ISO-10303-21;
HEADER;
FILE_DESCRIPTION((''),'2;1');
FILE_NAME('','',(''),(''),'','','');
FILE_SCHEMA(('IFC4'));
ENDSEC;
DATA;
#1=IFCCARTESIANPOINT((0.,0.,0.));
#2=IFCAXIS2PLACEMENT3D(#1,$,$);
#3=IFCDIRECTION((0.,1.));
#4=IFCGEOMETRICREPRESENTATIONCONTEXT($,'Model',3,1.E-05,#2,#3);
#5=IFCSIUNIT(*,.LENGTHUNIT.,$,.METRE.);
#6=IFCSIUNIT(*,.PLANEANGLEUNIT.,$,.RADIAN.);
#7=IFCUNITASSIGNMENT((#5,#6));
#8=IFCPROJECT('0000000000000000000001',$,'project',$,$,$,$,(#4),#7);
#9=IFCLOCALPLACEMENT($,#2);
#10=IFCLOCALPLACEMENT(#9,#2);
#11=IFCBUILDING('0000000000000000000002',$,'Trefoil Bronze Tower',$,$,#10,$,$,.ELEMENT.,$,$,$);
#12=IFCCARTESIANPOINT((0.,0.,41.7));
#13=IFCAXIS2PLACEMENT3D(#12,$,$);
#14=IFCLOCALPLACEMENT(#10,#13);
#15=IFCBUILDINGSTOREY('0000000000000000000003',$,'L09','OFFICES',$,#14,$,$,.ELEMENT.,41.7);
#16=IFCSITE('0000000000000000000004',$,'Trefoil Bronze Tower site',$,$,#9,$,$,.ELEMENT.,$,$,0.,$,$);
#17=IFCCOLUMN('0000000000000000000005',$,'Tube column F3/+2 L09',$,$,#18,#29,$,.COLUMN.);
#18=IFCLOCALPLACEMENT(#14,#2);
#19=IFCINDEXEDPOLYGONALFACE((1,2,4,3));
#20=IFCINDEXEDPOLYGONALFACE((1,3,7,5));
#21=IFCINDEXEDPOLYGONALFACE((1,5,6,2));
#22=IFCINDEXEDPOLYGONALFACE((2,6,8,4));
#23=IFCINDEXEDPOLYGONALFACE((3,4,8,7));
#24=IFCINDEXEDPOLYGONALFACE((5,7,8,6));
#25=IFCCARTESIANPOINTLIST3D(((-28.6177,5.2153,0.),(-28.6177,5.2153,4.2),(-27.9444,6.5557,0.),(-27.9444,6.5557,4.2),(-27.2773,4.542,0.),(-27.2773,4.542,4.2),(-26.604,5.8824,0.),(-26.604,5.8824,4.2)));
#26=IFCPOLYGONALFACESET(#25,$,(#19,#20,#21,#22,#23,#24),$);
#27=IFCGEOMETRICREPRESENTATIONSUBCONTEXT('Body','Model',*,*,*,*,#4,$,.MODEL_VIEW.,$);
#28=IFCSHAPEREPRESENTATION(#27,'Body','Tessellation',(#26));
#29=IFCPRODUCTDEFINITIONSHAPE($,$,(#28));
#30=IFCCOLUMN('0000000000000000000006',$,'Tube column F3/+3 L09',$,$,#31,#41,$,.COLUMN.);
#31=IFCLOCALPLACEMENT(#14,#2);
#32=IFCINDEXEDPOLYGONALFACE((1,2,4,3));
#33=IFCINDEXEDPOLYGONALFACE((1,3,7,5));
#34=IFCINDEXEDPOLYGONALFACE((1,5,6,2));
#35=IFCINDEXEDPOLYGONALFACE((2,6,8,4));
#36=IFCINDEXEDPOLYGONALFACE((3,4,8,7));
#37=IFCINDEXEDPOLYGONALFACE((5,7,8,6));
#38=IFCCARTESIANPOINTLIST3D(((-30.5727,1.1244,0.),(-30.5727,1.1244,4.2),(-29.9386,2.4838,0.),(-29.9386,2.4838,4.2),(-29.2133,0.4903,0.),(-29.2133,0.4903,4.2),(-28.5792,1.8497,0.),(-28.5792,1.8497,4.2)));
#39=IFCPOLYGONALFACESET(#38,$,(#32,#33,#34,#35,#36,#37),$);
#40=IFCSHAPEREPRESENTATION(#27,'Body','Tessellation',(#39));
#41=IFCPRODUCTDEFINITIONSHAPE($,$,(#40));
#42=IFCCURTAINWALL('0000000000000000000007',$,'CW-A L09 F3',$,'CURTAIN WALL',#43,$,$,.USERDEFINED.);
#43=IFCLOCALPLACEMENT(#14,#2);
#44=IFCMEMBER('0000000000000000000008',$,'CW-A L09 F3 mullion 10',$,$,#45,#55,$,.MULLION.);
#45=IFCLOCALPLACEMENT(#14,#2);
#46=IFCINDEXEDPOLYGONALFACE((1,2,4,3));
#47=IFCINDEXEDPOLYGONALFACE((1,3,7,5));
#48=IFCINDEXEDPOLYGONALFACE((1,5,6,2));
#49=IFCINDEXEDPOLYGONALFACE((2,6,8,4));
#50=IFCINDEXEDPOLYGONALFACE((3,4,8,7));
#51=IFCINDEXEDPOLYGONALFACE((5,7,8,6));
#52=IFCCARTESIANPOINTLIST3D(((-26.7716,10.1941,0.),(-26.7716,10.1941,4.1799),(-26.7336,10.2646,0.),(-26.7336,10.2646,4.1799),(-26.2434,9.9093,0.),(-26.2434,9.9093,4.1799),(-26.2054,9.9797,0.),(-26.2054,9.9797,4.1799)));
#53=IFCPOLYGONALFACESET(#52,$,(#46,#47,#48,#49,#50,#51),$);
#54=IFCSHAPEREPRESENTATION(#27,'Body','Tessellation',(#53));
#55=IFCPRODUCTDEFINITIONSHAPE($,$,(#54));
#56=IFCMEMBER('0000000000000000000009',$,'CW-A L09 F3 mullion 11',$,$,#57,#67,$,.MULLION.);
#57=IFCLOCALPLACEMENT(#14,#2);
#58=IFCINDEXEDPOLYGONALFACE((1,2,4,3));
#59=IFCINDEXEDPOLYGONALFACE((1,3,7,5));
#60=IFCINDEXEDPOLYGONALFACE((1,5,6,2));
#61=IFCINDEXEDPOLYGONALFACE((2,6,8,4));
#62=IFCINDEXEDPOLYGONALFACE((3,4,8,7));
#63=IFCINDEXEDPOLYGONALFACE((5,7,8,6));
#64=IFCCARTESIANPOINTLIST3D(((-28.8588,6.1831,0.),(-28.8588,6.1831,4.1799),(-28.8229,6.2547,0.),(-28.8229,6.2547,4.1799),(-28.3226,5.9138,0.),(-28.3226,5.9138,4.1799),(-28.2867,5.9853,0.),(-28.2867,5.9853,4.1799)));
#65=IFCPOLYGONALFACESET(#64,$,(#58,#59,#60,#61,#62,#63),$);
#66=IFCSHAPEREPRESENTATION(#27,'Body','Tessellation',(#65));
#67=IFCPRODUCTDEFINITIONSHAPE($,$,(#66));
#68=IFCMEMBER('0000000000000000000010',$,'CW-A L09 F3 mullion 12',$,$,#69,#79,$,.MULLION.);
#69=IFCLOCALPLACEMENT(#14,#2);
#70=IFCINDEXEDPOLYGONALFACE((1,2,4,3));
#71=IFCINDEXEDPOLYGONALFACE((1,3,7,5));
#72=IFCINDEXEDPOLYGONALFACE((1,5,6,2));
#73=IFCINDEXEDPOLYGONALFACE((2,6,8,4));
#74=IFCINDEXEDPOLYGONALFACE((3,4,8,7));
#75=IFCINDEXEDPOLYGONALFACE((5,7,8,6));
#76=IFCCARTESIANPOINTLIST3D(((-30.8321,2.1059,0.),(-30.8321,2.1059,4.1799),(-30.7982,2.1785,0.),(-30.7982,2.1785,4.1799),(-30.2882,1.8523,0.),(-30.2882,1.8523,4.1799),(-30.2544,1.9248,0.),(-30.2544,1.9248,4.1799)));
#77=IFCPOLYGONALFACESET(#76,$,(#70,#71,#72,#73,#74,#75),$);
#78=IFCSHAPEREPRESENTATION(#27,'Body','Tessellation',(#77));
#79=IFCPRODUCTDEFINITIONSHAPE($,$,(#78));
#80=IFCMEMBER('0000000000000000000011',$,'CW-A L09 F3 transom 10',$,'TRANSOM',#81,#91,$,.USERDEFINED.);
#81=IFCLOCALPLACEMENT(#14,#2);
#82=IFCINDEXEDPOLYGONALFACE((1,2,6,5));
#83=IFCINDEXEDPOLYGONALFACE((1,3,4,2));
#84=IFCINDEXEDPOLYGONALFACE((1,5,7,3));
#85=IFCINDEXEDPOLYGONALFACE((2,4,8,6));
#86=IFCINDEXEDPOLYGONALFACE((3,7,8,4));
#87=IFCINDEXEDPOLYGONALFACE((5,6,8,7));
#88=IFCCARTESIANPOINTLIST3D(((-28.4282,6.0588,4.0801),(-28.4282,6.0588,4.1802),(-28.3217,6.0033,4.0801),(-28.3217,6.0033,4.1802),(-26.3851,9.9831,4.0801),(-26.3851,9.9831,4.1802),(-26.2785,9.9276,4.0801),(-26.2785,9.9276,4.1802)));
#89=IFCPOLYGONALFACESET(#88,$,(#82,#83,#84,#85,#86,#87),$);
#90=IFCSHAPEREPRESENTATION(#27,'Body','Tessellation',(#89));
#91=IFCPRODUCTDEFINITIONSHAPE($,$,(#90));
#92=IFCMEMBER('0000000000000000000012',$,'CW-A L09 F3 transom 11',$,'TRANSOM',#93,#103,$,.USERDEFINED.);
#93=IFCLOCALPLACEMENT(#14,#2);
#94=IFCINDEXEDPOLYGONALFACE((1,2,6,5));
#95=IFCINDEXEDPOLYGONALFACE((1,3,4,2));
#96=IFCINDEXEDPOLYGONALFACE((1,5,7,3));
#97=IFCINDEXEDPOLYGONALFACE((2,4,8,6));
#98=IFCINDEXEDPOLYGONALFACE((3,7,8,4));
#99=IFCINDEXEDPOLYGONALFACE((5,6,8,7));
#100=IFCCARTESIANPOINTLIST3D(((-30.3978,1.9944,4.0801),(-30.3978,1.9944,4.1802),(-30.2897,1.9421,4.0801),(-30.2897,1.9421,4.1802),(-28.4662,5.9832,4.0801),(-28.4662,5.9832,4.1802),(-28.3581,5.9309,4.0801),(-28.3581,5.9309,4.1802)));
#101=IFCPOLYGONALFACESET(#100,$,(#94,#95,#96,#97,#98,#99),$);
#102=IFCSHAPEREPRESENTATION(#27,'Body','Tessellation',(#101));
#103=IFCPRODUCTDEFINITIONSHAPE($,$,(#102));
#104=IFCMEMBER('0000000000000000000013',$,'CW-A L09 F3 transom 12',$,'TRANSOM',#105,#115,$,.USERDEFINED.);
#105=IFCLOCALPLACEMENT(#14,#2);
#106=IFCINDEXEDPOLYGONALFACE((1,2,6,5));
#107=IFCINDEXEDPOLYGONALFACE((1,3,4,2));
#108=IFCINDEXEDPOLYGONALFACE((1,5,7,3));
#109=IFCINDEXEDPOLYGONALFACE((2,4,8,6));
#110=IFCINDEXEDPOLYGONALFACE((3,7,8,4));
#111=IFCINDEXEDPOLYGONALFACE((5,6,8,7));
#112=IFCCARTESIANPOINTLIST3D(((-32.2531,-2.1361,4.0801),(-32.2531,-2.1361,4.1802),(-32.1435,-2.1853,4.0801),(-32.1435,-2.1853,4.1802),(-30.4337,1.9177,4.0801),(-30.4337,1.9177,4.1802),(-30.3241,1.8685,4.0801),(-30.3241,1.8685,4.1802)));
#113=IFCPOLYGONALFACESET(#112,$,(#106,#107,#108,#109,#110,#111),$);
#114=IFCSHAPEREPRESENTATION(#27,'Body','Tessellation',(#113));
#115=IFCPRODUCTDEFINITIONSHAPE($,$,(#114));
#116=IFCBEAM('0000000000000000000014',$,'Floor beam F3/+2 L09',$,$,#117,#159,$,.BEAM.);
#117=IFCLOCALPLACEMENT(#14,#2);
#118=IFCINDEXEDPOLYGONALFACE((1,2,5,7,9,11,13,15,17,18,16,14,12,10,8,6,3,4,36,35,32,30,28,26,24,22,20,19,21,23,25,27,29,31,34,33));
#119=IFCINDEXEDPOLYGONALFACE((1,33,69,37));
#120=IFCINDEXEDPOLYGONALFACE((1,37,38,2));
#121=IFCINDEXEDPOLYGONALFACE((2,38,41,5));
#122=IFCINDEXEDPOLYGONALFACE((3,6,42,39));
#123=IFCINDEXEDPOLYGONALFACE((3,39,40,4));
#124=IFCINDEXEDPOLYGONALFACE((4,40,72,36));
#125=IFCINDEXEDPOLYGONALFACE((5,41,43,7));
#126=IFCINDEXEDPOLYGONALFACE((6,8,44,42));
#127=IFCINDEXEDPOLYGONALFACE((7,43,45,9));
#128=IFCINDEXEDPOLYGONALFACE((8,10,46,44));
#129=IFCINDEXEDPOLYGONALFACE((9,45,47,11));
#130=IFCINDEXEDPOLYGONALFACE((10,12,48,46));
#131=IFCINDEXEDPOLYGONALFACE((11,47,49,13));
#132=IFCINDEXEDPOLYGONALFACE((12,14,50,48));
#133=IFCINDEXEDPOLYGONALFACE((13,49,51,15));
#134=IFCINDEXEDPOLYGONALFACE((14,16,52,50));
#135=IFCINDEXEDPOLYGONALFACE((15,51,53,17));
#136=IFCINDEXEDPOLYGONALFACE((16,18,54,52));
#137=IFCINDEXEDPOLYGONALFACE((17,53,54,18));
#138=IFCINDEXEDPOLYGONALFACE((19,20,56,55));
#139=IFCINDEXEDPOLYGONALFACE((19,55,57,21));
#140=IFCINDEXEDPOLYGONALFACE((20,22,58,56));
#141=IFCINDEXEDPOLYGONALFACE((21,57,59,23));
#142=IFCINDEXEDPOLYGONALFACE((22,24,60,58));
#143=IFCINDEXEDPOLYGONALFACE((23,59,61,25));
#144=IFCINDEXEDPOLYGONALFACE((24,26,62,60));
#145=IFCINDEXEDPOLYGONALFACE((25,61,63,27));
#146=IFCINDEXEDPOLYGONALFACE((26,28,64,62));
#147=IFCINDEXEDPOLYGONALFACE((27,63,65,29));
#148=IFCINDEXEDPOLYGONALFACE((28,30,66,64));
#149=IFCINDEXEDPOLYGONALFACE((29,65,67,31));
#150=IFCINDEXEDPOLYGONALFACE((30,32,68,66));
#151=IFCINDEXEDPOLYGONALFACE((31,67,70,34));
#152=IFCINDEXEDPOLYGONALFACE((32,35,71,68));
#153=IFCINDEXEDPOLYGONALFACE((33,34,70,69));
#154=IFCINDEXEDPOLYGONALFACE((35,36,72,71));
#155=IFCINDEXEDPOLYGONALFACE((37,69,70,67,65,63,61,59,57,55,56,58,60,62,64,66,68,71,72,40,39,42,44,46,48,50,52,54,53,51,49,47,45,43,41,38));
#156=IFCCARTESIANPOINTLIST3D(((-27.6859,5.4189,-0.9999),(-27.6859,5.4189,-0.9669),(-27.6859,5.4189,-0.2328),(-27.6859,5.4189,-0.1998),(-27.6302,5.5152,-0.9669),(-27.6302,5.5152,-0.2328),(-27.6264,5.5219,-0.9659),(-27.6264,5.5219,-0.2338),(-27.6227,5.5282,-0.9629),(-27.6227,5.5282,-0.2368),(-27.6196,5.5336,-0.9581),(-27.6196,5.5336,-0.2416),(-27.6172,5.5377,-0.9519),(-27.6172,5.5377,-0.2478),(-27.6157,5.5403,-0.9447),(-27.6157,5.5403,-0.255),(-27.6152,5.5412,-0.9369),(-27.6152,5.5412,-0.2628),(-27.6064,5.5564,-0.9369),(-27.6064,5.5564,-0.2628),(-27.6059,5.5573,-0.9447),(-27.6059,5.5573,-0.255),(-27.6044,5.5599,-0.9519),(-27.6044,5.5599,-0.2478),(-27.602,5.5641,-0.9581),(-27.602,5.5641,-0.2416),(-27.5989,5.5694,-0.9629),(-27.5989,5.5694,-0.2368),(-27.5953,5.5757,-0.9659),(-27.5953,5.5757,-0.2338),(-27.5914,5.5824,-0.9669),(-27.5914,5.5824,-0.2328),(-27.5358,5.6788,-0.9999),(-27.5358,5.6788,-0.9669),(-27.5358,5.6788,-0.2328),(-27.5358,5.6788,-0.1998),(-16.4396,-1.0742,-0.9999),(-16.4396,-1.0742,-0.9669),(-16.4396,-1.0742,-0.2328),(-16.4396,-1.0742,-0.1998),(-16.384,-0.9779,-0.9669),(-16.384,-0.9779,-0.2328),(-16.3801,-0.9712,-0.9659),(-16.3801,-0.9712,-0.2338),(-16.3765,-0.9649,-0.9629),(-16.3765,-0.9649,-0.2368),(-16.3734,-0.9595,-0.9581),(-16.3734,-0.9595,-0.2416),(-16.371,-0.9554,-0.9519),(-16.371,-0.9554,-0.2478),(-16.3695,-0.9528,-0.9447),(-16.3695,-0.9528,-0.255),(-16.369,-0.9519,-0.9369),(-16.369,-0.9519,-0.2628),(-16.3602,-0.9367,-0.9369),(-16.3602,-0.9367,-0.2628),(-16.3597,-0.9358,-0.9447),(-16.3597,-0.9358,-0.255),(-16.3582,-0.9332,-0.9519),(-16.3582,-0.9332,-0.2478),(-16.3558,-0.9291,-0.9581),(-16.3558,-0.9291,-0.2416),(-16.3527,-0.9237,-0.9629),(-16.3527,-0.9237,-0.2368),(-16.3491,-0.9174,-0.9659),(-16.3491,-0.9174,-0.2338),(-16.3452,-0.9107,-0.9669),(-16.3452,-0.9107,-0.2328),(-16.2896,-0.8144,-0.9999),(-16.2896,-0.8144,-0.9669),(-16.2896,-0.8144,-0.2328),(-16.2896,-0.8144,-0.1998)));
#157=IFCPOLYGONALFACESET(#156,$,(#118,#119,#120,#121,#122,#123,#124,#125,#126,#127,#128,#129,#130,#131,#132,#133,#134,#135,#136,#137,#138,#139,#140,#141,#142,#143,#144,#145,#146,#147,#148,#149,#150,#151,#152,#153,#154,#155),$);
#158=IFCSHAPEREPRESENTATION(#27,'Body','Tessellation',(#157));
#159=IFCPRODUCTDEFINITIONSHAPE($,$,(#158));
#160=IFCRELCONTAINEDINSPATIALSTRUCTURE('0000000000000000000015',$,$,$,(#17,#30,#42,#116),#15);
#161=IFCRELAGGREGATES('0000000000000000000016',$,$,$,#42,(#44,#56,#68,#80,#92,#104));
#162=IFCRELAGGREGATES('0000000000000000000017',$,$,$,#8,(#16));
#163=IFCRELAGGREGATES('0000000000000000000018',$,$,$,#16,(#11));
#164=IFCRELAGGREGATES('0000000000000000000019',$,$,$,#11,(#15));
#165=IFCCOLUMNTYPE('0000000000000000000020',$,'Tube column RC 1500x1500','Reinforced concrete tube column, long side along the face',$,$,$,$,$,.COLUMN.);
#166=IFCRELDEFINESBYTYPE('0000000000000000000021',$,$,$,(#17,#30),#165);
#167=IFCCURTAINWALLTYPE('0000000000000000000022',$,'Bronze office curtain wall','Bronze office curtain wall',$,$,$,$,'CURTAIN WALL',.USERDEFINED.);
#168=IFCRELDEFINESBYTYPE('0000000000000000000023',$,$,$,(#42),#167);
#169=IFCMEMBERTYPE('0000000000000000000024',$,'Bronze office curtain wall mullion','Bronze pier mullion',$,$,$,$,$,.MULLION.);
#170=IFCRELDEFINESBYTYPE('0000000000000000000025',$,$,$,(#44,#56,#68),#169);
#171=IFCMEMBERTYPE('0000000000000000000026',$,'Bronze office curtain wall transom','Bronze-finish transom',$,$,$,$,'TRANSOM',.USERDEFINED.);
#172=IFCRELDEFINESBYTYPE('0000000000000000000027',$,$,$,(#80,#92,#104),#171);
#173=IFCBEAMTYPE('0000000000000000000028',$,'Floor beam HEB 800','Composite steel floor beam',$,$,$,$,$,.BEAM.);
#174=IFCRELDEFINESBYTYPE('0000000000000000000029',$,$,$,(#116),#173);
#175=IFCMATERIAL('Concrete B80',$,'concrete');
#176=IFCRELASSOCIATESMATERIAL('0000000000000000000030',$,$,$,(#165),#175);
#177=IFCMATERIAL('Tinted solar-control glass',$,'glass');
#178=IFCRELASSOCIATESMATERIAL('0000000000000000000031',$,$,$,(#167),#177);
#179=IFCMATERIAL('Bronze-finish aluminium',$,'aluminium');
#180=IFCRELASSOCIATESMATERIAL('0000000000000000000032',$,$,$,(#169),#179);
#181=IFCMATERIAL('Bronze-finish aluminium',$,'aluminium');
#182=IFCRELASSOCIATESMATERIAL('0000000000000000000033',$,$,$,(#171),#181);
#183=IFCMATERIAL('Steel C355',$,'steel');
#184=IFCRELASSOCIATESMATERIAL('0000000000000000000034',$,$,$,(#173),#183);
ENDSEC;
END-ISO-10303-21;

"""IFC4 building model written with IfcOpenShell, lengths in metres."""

from ifc_helpers import new_model, si_unit, direction, frame, origin, origin_2d, place, context, subcontext, project, spatial, rectangle, i_section, extrude, material, material_profile, profile_set, type_object, element, aggregate, save


model = new_model("IFC4")

# Units and contexts
model_context = context("Model", 3, precision=1e-05, world=origin(), true_north=direction((0.0, 1.0)))
body_context = subcontext(model_context, "Body", "Model", "MODEL_VIEW")
ifc_project = project(units=[si_unit("LENGTHUNIT", "METRE"), si_unit("PLANEANGLEUNIT", "RADIAN")], contexts=[model_context])

# Site, building, storey
site_placement = place(None, origin())
site = spatial("IfcSite", under=ifc_project, at=site_placement, Name="Trefoil Bronze Tower site", CompositionType="ELEMENT", RefElevation=0.0)
building_placement = place(site_placement, origin())
building = spatial("IfcBuilding", under=site, at=building_placement, Name="Trefoil Bronze Tower", CompositionType="ELEMENT")
storey_placement = place(building_placement, frame((0.0, 0.0, 41.7)))
storey = spatial("IfcBuildingStorey", under=building, at=storey_placement, Name="L09", Description="OFFICES", CompositionType="ELEMENT", Elevation=41.7)

# Columns
ifc_material_1 = material(Name="Concrete B80", Category="concrete")
ifc_material_profile_1 = material_profile(ifc_material_1, rectangle(XDim=1.5, YDim=1.5, at=origin_2d()), Name="RC 1500x1500")
ifc_profile_set_1 = profile_set([ifc_material_profile_1], Name="Concrete B80")
column_type = type_object("IfcColumnType", Name="Tube column RC 1500x1500", Description="Reinforced concrete tube column, long side along the face", PredefinedType="COLUMN", material=ifc_profile_set_1)
for number, where, z_axis, x_axis, name in (
    (1, (-27.6108, 5.5488, 0.0), (0.0, 0.0, 1.0), (-0.44889, -0.893587, 0.0), "Tube column F3/+2 L09"),
    (2, (-29.5759, 1.4871, 0.0), (0.0, 0.0, 1.0), (-0.422701, -0.906269, 0.0), "Tube column F3/+3 L09"),
):
    element("IfcColumn", number, at=place(storey_placement, frame(where, z_axis=z_axis, x_axis=x_axis)), inside=storey, type_object=column_type, Name=name, PredefinedType="COLUMN", context=body_context, shape_type="SweptSolid", body=[
        extrude(rectangle(XDim=1.5, YDim=1.5, at=origin_2d()), origin(), (0.0, 0.0, 1.0), 4.2),
    ])

# Curtain wall, members
ifc_material_2 = material(Name="Tinted solar-control glass", Category="glass")
curtain_wall_type = type_object("IfcCurtainWallType", Name="Bronze office curtain wall", Description="Bronze office curtain wall", ElementType="CURTAIN WALL", PredefinedType="USERDEFINED", material=ifc_material_2)
curtain_wall_placement = place(storey_placement, origin())
curtain_wall = element("IfcCurtainWall", 3, at=curtain_wall_placement, inside=storey, type_object=curtain_wall_type, Name="CW-A L09 F3", ObjectType="CURTAIN WALL", PredefinedType="USERDEFINED")
ifc_material_3 = material(Name="Bronze-finish aluminium", Category="aluminium")
ifc_material_profile_2 = material_profile(ifc_material_3, rectangle(XDim=0.6001, YDim=0.0801, at=origin_2d()), Name="CW-A mullion")
ifc_profile_set_2 = profile_set([ifc_material_profile_2], Name="Bronze-finish aluminium")
member_type_1 = type_object("IfcMemberType", Name="Bronze office curtain wall mullion", Description="Bronze pier mullion", PredefinedType="MULLION", material=ifc_profile_set_2)
member_1_placement = place(storey_placement, frame((-26.4885, 10.0869, 0.0), z_axis=(0.0, 0.0, 1.0), x_axis=(0.880171, -0.474656, 0.0)))
member_1 = element("IfcMember", 4, at=member_1_placement, type_object=member_type_1, Name="CW-A L09 F3 mullion 10", PredefinedType="MULLION", context=body_context, shape_type="SweptSolid", body=[
    extrude(rectangle(XDim=0.6001, YDim=0.0801, at=origin_2d()), origin(), (0.0, 0.0, 1.0), 4.1799),
])
member_2_placement = place(storey_placement, frame((-28.5728, 6.0842, 0.0), z_axis=(0.0, 0.0, 1.0), x_axis=(0.893587, -0.44889, 0.0)))
member_2 = element("IfcMember", 5, at=member_2_placement, type_object=member_type_1, Name="CW-A L09 F3 mullion 11", PredefinedType="MULLION", context=body_context, shape_type="SweptSolid", body=[
    extrude(rectangle(XDim=0.6001, YDim=0.0801, at=origin_2d()), origin(), (0.0, 0.0, 1.0), 4.1799),
])
member_3_placement = place(storey_placement, frame((-30.5432, 2.0154, 0.0), z_axis=(0.0, 0.0, 1.0), x_axis=(0.906269, -0.422701, 0.0)))
member_3 = element("IfcMember", 6, at=member_3_placement, type_object=member_type_1, Name="CW-A L09 F3 mullion 12", PredefinedType="MULLION", context=body_context, shape_type="SweptSolid", body=[
    extrude(rectangle(XDim=0.6001, YDim=0.0801, at=origin_2d()), origin(), (0.0, 0.0, 1.0), 4.1799),
])
ifc_material_4 = material(Name="Bronze-finish aluminium", Category="aluminium")
ifc_material_profile_3 = material_profile(ifc_material_4, rectangle(XDim=0.1201, YDim=0.1001, at=origin_2d()), Name="CW-A transom")
ifc_profile_set_3 = profile_set([ifc_material_profile_3], Name="Bronze-finish aluminium")
member_type_2 = type_object("IfcMemberType", Name="Bronze office curtain wall transom", Description="Bronze-finish transom", ElementType="TRANSOM", PredefinedType="USERDEFINED", material=ifc_profile_set_3)
member_4_placement = place(storey_placement, frame((-26.3318, 9.9553, 4.1301), z_axis=(-0.46181, -0.886979, 0.0), x_axis=(0.886979, -0.46181, 0.0)))
member_4 = element("IfcMember", 7, at=member_4_placement, type_object=member_type_2, Name="CW-A L09 F3 transom 10", ObjectType="TRANSOM", PredefinedType="USERDEFINED", context=body_context, shape_type="SweptSolid", body=[
    extrude(rectangle(XDim=0.1201, YDim=0.1001, at=origin_2d()), origin(), (0.0, 0.0, 1.0), 4.4243),
])
member_5_placement = place(storey_placement, frame((-28.4121, 5.957, 4.1301), z_axis=(-0.435852, -0.900018, 0.0), x_axis=(0.900018, -0.435852, 0.0)))
member_5 = element("IfcMember", 8, at=member_5_placement, type_object=member_type_2, Name="CW-A L09 F3 transom 11", ObjectType="TRANSOM", PredefinedType="USERDEFINED", context=body_context, shape_type="SweptSolid", body=[
    extrude(rectangle(XDim=0.1201, YDim=0.1001, at=origin_2d()), origin(), (0.0, 0.0, 1.0), 4.4319),
])
member_6_placement = place(storey_placement, frame((-30.3789, 1.8931, 4.1301), z_axis=(-0.40946, -0.912328, 0.0), x_axis=(0.912328, -0.40946, 0.0)))
member_6 = element("IfcMember", 9, at=member_6_placement, type_object=member_type_2, Name="CW-A L09 F3 transom 12", ObjectType="TRANSOM", PredefinedType="USERDEFINED", context=body_context, shape_type="SweptSolid", body=[
    extrude(rectangle(XDim=0.1201, YDim=0.1001, at=origin_2d()), origin(), (0.0, 0.0, 1.0), 4.4434),
])

# Beam
ifc_material_5 = material(Name="Steel C355", Category="steel")
ifc_material_profile_4 = material_profile(ifc_material_5, i_section(OverallWidth=0.3, OverallDepth=0.8, WebThickness=0.0176, FlangeThickness=0.033, FilletRadius=0.03, at=origin_2d()), Name="HEB 800")
ifc_profile_set_4 = profile_set([ifc_material_profile_4], Name="Steel C355")
beam_type_1 = type_object("IfcBeamType", Name="Floor beam HEB 800", Description="Composite steel floor beam", PredefinedType="BEAM", material=ifc_profile_set_4)
beam_1_placement = place(storey_placement, frame((-27.6108, 5.5488, -0.5999), z_axis=(0.866022, -0.500005, 0.0), x_axis=(0.500005, 0.866022, 0.0)))
element("IfcBeam", 10, at=beam_1_placement, inside=storey, type_object=beam_type_1, Name="Floor beam F3/+2 L09", PredefinedType="BEAM", context=body_context, shape_type="SweptSolid", body=[
    extrude(i_section(OverallWidth=0.3, OverallDepth=0.8, WebThickness=0.0176, FlangeThickness=0.033, FilletRadius=0.03, at=origin_2d()), origin(), (0.0, 0.0, 1.0), 12.9861),
])

aggregate(curtain_wall, [member_1, member_2, member_3, member_4, member_5, member_6])

save(model, "model.ifc")
